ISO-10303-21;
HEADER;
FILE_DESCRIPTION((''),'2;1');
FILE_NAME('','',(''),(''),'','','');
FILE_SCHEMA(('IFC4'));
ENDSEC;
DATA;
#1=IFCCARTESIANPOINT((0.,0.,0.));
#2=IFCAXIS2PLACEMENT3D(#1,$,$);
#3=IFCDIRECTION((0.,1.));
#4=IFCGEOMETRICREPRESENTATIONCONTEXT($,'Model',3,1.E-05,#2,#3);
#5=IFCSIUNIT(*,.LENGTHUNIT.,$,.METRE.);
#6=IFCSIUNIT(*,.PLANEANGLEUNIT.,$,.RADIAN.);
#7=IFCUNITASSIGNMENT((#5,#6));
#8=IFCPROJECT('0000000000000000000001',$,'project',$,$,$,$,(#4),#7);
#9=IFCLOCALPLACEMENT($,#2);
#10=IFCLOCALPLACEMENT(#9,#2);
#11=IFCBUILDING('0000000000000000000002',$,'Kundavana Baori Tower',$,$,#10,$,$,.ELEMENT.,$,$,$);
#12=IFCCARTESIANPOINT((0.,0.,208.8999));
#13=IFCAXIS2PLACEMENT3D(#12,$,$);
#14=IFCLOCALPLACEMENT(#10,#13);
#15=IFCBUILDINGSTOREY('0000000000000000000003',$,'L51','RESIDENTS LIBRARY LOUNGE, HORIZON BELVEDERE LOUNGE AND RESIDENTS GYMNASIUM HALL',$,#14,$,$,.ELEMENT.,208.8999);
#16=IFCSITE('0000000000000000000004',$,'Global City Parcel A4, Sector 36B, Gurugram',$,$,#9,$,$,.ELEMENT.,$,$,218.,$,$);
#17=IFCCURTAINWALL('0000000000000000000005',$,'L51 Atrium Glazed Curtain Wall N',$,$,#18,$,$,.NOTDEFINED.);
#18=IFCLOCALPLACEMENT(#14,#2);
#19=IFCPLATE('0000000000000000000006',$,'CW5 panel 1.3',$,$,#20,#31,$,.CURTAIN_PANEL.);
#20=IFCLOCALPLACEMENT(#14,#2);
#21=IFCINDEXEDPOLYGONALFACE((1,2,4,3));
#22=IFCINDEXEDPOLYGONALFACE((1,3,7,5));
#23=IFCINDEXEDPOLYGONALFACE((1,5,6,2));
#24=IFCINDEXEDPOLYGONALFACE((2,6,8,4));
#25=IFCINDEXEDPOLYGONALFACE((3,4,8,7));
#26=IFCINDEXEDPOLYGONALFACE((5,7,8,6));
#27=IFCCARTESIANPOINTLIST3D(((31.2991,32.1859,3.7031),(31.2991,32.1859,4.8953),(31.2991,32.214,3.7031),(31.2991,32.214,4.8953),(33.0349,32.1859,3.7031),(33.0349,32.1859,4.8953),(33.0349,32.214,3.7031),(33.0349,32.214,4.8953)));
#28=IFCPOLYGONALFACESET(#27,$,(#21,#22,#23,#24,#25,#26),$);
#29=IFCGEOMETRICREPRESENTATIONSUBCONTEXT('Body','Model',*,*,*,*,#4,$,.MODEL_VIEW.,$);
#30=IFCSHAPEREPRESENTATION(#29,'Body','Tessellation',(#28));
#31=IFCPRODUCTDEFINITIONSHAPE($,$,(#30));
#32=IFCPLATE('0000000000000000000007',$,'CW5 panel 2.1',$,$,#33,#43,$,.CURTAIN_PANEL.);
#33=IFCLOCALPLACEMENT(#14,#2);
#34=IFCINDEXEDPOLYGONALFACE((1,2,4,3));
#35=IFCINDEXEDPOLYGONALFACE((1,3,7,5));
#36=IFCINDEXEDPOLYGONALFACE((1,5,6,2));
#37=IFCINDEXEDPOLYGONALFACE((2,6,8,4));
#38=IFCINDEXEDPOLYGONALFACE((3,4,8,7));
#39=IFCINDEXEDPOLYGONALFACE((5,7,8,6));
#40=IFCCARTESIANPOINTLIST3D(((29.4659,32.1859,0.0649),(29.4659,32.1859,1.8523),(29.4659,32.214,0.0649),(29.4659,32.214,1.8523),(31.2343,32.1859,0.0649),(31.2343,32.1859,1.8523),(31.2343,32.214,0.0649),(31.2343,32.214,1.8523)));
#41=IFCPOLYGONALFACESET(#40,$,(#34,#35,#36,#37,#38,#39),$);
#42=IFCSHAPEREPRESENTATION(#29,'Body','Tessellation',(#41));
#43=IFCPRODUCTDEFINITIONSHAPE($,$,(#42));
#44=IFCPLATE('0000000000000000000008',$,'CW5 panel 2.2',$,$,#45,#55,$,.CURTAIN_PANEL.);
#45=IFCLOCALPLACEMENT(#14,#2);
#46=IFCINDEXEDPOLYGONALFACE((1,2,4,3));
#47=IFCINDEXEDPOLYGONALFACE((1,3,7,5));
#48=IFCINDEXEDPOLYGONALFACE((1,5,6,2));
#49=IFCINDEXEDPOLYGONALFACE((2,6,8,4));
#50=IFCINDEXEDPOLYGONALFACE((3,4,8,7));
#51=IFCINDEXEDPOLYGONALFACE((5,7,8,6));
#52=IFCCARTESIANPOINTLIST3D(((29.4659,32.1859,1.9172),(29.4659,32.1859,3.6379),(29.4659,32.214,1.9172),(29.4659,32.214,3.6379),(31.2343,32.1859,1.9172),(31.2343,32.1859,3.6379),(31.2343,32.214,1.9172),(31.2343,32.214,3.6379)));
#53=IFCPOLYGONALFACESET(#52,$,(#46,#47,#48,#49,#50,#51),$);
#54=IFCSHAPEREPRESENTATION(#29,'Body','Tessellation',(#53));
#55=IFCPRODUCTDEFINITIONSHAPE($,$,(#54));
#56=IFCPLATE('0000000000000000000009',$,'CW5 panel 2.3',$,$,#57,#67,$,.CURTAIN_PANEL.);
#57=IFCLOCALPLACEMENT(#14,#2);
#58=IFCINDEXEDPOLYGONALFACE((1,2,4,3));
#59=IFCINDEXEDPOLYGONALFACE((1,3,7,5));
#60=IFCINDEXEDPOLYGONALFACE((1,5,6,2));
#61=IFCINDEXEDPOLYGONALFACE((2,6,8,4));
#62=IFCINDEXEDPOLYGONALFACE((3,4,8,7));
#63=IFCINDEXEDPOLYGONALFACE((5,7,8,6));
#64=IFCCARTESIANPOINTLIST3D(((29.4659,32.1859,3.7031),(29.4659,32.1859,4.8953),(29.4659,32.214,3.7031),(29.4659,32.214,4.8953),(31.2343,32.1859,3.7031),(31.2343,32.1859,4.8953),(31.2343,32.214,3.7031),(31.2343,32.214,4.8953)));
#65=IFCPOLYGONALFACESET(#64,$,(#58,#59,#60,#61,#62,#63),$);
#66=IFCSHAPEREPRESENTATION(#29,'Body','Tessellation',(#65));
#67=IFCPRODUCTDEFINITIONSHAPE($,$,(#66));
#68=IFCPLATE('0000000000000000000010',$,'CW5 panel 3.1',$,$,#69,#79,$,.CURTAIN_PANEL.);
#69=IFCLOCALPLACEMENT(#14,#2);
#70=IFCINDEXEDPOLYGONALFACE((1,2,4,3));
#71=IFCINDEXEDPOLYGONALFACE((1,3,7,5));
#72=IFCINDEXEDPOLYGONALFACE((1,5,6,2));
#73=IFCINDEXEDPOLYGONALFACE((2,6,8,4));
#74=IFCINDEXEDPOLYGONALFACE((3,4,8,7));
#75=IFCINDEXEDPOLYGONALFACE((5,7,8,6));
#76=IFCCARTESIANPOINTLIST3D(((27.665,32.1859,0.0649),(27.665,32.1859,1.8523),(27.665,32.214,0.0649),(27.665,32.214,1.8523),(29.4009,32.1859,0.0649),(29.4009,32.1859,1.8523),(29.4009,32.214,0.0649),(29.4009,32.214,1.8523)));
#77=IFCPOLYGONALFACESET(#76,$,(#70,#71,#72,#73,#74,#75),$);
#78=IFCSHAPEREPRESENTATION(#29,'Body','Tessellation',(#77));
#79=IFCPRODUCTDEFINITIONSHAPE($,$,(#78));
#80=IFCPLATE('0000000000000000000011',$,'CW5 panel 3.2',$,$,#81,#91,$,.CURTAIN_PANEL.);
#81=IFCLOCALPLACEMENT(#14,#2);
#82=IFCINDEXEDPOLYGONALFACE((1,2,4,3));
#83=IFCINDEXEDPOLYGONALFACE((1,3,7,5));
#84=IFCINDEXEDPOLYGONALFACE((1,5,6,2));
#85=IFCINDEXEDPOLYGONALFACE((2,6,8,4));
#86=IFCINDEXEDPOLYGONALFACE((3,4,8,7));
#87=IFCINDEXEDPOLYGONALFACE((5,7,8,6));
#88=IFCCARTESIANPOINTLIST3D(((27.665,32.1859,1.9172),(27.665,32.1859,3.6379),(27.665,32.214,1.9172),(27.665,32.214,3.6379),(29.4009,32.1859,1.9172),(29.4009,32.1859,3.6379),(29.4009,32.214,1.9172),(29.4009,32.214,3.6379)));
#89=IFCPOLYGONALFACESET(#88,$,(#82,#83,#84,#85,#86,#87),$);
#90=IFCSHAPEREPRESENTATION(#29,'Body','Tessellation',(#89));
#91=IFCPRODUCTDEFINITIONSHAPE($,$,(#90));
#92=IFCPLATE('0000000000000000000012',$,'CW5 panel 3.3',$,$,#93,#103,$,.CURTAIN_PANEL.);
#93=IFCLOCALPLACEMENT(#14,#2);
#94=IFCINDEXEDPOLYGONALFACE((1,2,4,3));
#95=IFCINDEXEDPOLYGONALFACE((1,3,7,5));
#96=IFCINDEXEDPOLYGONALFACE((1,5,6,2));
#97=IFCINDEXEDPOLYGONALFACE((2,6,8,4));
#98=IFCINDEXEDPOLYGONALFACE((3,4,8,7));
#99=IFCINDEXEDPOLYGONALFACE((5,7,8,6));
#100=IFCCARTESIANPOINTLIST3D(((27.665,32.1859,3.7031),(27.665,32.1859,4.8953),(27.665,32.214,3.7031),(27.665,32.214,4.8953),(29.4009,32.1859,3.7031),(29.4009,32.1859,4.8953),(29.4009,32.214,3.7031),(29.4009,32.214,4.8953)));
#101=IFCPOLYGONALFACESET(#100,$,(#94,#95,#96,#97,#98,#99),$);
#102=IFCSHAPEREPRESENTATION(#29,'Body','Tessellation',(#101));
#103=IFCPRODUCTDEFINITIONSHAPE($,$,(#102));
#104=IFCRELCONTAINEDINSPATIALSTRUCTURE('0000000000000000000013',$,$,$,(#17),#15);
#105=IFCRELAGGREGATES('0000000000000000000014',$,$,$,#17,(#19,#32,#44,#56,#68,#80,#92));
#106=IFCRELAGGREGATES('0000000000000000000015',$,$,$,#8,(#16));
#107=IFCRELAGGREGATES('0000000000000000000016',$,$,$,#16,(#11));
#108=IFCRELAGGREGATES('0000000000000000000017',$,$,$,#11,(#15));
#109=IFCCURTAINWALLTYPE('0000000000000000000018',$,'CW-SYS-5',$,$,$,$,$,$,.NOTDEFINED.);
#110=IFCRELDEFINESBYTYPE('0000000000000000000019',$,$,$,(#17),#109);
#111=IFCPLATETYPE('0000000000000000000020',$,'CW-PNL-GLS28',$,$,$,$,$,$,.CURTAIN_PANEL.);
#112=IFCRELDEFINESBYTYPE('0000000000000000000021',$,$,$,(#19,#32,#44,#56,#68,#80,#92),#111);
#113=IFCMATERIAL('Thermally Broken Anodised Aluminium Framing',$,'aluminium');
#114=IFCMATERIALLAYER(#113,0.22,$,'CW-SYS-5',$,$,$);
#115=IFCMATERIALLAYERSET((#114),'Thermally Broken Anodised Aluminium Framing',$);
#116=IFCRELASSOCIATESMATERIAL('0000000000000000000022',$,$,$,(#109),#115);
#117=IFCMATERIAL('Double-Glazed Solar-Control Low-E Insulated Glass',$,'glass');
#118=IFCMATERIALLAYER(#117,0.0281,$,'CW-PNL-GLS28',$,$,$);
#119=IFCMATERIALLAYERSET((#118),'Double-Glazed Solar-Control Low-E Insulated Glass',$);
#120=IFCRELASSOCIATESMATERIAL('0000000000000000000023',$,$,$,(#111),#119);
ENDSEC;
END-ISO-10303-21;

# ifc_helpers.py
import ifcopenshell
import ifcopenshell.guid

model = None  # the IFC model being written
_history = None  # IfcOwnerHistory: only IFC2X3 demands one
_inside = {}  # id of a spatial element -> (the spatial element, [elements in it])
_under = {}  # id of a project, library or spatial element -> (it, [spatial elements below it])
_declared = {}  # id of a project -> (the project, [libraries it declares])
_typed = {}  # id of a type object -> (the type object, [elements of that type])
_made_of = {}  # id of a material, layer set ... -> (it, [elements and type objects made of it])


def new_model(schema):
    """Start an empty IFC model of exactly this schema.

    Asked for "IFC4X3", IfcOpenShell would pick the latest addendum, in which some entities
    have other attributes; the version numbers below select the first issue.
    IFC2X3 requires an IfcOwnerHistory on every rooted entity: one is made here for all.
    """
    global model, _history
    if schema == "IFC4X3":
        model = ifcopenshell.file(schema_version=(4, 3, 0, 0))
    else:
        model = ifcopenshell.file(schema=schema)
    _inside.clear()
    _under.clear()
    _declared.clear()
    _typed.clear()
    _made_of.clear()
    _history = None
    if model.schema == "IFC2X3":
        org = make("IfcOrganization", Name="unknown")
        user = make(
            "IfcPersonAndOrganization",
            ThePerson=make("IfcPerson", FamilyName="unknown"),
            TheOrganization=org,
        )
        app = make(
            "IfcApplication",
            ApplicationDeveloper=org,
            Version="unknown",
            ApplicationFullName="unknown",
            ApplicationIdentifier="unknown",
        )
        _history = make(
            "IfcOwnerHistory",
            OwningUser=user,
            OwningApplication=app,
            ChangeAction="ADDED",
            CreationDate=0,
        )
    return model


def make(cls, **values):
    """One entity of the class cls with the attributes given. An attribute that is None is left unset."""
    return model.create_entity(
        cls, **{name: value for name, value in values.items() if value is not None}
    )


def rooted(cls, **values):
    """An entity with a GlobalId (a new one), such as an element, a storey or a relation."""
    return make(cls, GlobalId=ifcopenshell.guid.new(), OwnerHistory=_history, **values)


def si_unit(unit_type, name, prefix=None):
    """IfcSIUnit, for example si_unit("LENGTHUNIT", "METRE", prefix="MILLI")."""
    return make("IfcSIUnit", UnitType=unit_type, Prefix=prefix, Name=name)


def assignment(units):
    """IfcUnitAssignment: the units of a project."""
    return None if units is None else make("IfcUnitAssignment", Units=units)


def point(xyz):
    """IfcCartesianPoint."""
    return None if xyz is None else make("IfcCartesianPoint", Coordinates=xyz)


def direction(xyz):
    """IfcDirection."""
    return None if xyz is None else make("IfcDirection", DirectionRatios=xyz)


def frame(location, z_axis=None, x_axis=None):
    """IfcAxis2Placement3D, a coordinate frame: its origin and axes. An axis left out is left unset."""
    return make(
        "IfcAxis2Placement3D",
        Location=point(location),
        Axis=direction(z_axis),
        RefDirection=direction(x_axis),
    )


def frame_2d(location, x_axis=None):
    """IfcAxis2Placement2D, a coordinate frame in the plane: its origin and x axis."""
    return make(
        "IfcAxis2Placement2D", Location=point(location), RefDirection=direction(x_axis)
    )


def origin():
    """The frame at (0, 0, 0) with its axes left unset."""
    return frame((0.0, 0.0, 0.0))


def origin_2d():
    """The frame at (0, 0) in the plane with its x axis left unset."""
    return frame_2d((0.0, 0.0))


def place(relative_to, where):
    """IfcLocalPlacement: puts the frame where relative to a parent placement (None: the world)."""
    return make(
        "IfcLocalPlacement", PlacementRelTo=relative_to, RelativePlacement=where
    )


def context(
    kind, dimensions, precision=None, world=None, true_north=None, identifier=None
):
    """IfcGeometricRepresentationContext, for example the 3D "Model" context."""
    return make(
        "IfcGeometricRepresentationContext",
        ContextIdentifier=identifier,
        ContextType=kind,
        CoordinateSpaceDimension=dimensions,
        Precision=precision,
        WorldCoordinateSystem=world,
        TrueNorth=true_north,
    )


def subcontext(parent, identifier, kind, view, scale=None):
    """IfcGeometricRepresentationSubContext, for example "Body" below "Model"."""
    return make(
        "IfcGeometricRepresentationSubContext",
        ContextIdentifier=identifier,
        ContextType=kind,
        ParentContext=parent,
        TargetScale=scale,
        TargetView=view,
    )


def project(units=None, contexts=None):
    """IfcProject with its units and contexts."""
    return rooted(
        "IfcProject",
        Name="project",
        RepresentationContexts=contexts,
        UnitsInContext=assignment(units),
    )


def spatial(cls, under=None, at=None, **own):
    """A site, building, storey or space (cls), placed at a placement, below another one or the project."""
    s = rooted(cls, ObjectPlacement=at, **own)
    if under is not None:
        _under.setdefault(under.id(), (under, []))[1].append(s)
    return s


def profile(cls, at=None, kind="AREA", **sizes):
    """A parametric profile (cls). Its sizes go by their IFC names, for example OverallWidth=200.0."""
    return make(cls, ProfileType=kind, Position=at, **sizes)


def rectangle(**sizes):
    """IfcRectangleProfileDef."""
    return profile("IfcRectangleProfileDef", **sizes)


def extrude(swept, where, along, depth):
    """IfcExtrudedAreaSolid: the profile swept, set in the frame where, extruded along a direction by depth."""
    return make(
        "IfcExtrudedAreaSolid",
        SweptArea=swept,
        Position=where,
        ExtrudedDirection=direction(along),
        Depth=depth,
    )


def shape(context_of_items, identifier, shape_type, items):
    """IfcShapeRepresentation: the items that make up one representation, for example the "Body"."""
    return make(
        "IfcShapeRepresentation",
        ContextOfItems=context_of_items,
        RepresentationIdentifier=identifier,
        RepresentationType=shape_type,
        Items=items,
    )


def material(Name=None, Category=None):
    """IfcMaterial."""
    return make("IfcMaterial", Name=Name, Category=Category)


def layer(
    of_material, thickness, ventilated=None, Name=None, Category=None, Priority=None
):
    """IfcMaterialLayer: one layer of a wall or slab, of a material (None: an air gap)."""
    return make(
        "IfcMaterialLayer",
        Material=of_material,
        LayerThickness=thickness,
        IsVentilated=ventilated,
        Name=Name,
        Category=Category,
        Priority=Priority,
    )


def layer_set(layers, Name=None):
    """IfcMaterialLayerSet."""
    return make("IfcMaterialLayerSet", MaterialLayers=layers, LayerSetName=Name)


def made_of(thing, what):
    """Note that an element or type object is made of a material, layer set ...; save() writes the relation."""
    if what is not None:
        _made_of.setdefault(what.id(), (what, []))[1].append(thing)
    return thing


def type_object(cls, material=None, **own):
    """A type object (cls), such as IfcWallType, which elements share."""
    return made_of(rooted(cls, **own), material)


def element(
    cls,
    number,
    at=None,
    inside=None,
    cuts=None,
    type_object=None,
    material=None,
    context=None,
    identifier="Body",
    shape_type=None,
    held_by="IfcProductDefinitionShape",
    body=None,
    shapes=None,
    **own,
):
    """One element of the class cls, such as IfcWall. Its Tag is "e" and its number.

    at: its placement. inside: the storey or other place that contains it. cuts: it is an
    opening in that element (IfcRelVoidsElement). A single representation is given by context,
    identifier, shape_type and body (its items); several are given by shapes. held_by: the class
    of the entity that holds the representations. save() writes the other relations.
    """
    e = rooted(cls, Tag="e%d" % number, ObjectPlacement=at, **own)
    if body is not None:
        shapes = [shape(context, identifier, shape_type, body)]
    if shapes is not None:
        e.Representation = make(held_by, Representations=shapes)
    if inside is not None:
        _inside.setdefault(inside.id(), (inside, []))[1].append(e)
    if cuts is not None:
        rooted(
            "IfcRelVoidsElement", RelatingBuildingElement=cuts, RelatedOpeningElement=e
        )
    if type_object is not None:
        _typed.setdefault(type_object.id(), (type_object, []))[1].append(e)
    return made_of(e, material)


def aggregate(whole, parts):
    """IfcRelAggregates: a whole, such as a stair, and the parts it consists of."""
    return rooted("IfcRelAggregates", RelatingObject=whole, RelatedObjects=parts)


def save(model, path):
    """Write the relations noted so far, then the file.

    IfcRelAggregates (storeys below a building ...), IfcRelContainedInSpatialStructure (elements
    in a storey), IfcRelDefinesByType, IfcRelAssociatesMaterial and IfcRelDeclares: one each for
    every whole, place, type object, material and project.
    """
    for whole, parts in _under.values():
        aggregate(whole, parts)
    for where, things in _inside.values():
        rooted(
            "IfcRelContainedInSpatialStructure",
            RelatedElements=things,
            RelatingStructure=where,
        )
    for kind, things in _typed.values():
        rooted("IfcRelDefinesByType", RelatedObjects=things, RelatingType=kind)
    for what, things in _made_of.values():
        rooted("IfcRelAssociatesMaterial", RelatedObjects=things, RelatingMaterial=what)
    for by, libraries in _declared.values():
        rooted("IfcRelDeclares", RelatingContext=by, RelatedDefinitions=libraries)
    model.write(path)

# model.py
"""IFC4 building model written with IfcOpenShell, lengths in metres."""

from ifc_helpers import new_model, si_unit, direction, frame, origin, origin_2d, place, context, subcontext, project, spatial, rectangle, extrude, material, layer, layer_set, type_object, element, aggregate, save


model = new_model("IFC4")

# Units and contexts
model_context = context("Model", 3, precision=1e-05, world=origin(), true_north=direction((0.0, 1.0)))
body_context = subcontext(model_context, "Body", "Model", "MODEL_VIEW")
ifc_project = project(units=[si_unit("LENGTHUNIT", "METRE"), si_unit("PLANEANGLEUNIT", "RADIAN")], contexts=[model_context])

# Site, building, storey
site_placement = place(None, origin())
site = spatial("IfcSite", under=ifc_project, at=site_placement, Name="Global City Parcel A4, Sector 36B, Gurugram", CompositionType="ELEMENT", RefElevation=218.0)
building_placement = place(site_placement, origin())
building = spatial("IfcBuilding", under=site, at=building_placement, Name="Kundavana Baori Tower", CompositionType="ELEMENT")
storey_placement = place(building_placement, frame((0.0, 0.0, 208.8999)))
storey = spatial("IfcBuildingStorey", under=building, at=storey_placement, Name="L51", Description="RESIDENTS LIBRARY LOUNGE, HORIZON BELVEDERE LOUNGE AND RESIDENTS GYMNASIUM HALL", CompositionType="ELEMENT", Elevation=208.8999)

# Curtain wall
ifc_material_1 = material(Name="Thermally Broken Anodised Aluminium Framing", Category="aluminium")
ifc_layer_1 = layer(ifc_material_1, 0.22, Name="CW-SYS-5")
ifc_layer_set_1 = layer_set([ifc_layer_1], Name="Thermally Broken Anodised Aluminium Framing")
curtain_wall_type = type_object("IfcCurtainWallType", Name="CW-SYS-5", PredefinedType="NOTDEFINED", material=ifc_layer_set_1)
curtain_wall_1_placement = place(storey_placement, origin())
curtain_wall_1 = element("IfcCurtainWall", 1, at=curtain_wall_1_placement, inside=storey, type_object=curtain_wall_type, Name="L51 Atrium Glazed Curtain Wall N", PredefinedType="NOTDEFINED")

# Plates
ifc_material_2 = material(Name="Double-Glazed Solar-Control Low-E Insulated Glass", Category="glass")
ifc_layer_2 = layer(ifc_material_2, 0.0281, Name="CW-PNL-GLS28")
ifc_layer_set_2 = layer_set([ifc_layer_2], Name="Double-Glazed Solar-Control Low-E Insulated Glass")
plate_type = type_object("IfcPlateType", Name="CW-PNL-GLS28", PredefinedType="CURTAIN_PANEL", material=ifc_layer_set_2)
plate_1_placement = place(storey_placement, frame((32.167, 32.2, 3.7031), z_axis=(0.0, 0.0, 1.0), x_axis=(-1.0, 0.0, 0.0)))
plate_1 = element("IfcPlate", 2, at=plate_1_placement, type_object=plate_type, Name="CW5 panel 1.3", PredefinedType="CURTAIN_PANEL", context=body_context, shape_type="SweptSolid", body=[
    extrude(rectangle(XDim=1.7358, YDim=0.0281, at=origin_2d()), origin(), (0.0, 0.0, 1.0), 1.1921),
])
plate_2_placement = place(storey_placement, frame((30.3501, 32.2, 0.0649), z_axis=(0.0, 0.0, 1.0), x_axis=(-1.0, 0.0, 0.0)))
plate_2 = element("IfcPlate", 3, at=plate_2_placement, type_object=plate_type, Name="CW5 panel 2.1", PredefinedType="CURTAIN_PANEL", context=body_context, shape_type="SweptSolid", body=[
    extrude(rectangle(XDim=1.7683, YDim=0.0281, at=origin_2d()), origin(), (0.0, 0.0, 1.0), 1.7874),
])
plate_3_placement = place(storey_placement, frame((30.3501, 32.2, 1.9172), z_axis=(0.0, 0.0, 1.0), x_axis=(-1.0, 0.0, 0.0)))
plate_3 = element("IfcPlate", 4, at=plate_3_placement, type_object=plate_type, Name="CW5 panel 2.2", PredefinedType="CURTAIN_PANEL", context=body_context, shape_type="SweptSolid", body=[
    extrude(rectangle(XDim=1.7683, YDim=0.0281, at=origin_2d()), origin(), (0.0, 0.0, 1.0), 1.7207),
])
plate_4_placement = place(storey_placement, frame((30.3501, 32.2, 3.7031), z_axis=(0.0, 0.0, 1.0), x_axis=(-1.0, 0.0, 0.0)))
plate_4 = element("IfcPlate", 5, at=plate_4_placement, type_object=plate_type, Name="CW5 panel 2.3", PredefinedType="CURTAIN_PANEL", context=body_context, shape_type="SweptSolid", body=[
    extrude(rectangle(XDim=1.7683, YDim=0.0281, at=origin_2d()), origin(), (0.0, 0.0, 1.0), 1.1921),
])
plate_5_placement = place(storey_placement, frame((28.533, 32.2, 0.0649), z_axis=(0.0, 0.0, 1.0), x_axis=(-1.0, 0.0, 0.0)))
plate_5 = element("IfcPlate", 6, at=plate_5_placement, type_object=plate_type, Name="CW5 panel 3.1", PredefinedType="CURTAIN_PANEL", context=body_context, shape_type="SweptSolid", body=[
    extrude(rectangle(XDim=1.7358, YDim=0.0281, at=origin_2d()), origin(), (0.0, 0.0, 1.0), 1.7874),
])
plate_6_placement = place(storey_placement, frame((28.533, 32.2, 1.9172), z_axis=(0.0, 0.0, 1.0), x_axis=(-1.0, 0.0, 0.0)))
plate_6 = element("IfcPlate", 7, at=plate_6_placement, type_object=plate_type, Name="CW5 panel 3.2", PredefinedType="CURTAIN_PANEL", context=body_context, shape_type="SweptSolid", body=[
    extrude(rectangle(XDim=1.7358, YDim=0.0281, at=origin_2d()), origin(), (0.0, 0.0, 1.0), 1.7207),
])
plate_7_placement = place(storey_placement, frame((28.533, 32.2, 3.7031), z_axis=(0.0, 0.0, 1.0), x_axis=(-1.0, 0.0, 0.0)))
plate_7 = element("IfcPlate", 8, at=plate_7_placement, type_object=plate_type, Name="CW5 panel 3.3", PredefinedType="CURTAIN_PANEL", context=body_context, shape_type="SweptSolid", body=[
    extrude(rectangle(XDim=1.7358, YDim=0.0281, at=origin_2d()), origin(), (0.0, 0.0, 1.0), 1.1921),
])
aggregate(curtain_wall_1, [plate_1, plate_2, plate_3, plate_4, plate_5, plate_6, plate_7])

save(model, "model.ifc")
